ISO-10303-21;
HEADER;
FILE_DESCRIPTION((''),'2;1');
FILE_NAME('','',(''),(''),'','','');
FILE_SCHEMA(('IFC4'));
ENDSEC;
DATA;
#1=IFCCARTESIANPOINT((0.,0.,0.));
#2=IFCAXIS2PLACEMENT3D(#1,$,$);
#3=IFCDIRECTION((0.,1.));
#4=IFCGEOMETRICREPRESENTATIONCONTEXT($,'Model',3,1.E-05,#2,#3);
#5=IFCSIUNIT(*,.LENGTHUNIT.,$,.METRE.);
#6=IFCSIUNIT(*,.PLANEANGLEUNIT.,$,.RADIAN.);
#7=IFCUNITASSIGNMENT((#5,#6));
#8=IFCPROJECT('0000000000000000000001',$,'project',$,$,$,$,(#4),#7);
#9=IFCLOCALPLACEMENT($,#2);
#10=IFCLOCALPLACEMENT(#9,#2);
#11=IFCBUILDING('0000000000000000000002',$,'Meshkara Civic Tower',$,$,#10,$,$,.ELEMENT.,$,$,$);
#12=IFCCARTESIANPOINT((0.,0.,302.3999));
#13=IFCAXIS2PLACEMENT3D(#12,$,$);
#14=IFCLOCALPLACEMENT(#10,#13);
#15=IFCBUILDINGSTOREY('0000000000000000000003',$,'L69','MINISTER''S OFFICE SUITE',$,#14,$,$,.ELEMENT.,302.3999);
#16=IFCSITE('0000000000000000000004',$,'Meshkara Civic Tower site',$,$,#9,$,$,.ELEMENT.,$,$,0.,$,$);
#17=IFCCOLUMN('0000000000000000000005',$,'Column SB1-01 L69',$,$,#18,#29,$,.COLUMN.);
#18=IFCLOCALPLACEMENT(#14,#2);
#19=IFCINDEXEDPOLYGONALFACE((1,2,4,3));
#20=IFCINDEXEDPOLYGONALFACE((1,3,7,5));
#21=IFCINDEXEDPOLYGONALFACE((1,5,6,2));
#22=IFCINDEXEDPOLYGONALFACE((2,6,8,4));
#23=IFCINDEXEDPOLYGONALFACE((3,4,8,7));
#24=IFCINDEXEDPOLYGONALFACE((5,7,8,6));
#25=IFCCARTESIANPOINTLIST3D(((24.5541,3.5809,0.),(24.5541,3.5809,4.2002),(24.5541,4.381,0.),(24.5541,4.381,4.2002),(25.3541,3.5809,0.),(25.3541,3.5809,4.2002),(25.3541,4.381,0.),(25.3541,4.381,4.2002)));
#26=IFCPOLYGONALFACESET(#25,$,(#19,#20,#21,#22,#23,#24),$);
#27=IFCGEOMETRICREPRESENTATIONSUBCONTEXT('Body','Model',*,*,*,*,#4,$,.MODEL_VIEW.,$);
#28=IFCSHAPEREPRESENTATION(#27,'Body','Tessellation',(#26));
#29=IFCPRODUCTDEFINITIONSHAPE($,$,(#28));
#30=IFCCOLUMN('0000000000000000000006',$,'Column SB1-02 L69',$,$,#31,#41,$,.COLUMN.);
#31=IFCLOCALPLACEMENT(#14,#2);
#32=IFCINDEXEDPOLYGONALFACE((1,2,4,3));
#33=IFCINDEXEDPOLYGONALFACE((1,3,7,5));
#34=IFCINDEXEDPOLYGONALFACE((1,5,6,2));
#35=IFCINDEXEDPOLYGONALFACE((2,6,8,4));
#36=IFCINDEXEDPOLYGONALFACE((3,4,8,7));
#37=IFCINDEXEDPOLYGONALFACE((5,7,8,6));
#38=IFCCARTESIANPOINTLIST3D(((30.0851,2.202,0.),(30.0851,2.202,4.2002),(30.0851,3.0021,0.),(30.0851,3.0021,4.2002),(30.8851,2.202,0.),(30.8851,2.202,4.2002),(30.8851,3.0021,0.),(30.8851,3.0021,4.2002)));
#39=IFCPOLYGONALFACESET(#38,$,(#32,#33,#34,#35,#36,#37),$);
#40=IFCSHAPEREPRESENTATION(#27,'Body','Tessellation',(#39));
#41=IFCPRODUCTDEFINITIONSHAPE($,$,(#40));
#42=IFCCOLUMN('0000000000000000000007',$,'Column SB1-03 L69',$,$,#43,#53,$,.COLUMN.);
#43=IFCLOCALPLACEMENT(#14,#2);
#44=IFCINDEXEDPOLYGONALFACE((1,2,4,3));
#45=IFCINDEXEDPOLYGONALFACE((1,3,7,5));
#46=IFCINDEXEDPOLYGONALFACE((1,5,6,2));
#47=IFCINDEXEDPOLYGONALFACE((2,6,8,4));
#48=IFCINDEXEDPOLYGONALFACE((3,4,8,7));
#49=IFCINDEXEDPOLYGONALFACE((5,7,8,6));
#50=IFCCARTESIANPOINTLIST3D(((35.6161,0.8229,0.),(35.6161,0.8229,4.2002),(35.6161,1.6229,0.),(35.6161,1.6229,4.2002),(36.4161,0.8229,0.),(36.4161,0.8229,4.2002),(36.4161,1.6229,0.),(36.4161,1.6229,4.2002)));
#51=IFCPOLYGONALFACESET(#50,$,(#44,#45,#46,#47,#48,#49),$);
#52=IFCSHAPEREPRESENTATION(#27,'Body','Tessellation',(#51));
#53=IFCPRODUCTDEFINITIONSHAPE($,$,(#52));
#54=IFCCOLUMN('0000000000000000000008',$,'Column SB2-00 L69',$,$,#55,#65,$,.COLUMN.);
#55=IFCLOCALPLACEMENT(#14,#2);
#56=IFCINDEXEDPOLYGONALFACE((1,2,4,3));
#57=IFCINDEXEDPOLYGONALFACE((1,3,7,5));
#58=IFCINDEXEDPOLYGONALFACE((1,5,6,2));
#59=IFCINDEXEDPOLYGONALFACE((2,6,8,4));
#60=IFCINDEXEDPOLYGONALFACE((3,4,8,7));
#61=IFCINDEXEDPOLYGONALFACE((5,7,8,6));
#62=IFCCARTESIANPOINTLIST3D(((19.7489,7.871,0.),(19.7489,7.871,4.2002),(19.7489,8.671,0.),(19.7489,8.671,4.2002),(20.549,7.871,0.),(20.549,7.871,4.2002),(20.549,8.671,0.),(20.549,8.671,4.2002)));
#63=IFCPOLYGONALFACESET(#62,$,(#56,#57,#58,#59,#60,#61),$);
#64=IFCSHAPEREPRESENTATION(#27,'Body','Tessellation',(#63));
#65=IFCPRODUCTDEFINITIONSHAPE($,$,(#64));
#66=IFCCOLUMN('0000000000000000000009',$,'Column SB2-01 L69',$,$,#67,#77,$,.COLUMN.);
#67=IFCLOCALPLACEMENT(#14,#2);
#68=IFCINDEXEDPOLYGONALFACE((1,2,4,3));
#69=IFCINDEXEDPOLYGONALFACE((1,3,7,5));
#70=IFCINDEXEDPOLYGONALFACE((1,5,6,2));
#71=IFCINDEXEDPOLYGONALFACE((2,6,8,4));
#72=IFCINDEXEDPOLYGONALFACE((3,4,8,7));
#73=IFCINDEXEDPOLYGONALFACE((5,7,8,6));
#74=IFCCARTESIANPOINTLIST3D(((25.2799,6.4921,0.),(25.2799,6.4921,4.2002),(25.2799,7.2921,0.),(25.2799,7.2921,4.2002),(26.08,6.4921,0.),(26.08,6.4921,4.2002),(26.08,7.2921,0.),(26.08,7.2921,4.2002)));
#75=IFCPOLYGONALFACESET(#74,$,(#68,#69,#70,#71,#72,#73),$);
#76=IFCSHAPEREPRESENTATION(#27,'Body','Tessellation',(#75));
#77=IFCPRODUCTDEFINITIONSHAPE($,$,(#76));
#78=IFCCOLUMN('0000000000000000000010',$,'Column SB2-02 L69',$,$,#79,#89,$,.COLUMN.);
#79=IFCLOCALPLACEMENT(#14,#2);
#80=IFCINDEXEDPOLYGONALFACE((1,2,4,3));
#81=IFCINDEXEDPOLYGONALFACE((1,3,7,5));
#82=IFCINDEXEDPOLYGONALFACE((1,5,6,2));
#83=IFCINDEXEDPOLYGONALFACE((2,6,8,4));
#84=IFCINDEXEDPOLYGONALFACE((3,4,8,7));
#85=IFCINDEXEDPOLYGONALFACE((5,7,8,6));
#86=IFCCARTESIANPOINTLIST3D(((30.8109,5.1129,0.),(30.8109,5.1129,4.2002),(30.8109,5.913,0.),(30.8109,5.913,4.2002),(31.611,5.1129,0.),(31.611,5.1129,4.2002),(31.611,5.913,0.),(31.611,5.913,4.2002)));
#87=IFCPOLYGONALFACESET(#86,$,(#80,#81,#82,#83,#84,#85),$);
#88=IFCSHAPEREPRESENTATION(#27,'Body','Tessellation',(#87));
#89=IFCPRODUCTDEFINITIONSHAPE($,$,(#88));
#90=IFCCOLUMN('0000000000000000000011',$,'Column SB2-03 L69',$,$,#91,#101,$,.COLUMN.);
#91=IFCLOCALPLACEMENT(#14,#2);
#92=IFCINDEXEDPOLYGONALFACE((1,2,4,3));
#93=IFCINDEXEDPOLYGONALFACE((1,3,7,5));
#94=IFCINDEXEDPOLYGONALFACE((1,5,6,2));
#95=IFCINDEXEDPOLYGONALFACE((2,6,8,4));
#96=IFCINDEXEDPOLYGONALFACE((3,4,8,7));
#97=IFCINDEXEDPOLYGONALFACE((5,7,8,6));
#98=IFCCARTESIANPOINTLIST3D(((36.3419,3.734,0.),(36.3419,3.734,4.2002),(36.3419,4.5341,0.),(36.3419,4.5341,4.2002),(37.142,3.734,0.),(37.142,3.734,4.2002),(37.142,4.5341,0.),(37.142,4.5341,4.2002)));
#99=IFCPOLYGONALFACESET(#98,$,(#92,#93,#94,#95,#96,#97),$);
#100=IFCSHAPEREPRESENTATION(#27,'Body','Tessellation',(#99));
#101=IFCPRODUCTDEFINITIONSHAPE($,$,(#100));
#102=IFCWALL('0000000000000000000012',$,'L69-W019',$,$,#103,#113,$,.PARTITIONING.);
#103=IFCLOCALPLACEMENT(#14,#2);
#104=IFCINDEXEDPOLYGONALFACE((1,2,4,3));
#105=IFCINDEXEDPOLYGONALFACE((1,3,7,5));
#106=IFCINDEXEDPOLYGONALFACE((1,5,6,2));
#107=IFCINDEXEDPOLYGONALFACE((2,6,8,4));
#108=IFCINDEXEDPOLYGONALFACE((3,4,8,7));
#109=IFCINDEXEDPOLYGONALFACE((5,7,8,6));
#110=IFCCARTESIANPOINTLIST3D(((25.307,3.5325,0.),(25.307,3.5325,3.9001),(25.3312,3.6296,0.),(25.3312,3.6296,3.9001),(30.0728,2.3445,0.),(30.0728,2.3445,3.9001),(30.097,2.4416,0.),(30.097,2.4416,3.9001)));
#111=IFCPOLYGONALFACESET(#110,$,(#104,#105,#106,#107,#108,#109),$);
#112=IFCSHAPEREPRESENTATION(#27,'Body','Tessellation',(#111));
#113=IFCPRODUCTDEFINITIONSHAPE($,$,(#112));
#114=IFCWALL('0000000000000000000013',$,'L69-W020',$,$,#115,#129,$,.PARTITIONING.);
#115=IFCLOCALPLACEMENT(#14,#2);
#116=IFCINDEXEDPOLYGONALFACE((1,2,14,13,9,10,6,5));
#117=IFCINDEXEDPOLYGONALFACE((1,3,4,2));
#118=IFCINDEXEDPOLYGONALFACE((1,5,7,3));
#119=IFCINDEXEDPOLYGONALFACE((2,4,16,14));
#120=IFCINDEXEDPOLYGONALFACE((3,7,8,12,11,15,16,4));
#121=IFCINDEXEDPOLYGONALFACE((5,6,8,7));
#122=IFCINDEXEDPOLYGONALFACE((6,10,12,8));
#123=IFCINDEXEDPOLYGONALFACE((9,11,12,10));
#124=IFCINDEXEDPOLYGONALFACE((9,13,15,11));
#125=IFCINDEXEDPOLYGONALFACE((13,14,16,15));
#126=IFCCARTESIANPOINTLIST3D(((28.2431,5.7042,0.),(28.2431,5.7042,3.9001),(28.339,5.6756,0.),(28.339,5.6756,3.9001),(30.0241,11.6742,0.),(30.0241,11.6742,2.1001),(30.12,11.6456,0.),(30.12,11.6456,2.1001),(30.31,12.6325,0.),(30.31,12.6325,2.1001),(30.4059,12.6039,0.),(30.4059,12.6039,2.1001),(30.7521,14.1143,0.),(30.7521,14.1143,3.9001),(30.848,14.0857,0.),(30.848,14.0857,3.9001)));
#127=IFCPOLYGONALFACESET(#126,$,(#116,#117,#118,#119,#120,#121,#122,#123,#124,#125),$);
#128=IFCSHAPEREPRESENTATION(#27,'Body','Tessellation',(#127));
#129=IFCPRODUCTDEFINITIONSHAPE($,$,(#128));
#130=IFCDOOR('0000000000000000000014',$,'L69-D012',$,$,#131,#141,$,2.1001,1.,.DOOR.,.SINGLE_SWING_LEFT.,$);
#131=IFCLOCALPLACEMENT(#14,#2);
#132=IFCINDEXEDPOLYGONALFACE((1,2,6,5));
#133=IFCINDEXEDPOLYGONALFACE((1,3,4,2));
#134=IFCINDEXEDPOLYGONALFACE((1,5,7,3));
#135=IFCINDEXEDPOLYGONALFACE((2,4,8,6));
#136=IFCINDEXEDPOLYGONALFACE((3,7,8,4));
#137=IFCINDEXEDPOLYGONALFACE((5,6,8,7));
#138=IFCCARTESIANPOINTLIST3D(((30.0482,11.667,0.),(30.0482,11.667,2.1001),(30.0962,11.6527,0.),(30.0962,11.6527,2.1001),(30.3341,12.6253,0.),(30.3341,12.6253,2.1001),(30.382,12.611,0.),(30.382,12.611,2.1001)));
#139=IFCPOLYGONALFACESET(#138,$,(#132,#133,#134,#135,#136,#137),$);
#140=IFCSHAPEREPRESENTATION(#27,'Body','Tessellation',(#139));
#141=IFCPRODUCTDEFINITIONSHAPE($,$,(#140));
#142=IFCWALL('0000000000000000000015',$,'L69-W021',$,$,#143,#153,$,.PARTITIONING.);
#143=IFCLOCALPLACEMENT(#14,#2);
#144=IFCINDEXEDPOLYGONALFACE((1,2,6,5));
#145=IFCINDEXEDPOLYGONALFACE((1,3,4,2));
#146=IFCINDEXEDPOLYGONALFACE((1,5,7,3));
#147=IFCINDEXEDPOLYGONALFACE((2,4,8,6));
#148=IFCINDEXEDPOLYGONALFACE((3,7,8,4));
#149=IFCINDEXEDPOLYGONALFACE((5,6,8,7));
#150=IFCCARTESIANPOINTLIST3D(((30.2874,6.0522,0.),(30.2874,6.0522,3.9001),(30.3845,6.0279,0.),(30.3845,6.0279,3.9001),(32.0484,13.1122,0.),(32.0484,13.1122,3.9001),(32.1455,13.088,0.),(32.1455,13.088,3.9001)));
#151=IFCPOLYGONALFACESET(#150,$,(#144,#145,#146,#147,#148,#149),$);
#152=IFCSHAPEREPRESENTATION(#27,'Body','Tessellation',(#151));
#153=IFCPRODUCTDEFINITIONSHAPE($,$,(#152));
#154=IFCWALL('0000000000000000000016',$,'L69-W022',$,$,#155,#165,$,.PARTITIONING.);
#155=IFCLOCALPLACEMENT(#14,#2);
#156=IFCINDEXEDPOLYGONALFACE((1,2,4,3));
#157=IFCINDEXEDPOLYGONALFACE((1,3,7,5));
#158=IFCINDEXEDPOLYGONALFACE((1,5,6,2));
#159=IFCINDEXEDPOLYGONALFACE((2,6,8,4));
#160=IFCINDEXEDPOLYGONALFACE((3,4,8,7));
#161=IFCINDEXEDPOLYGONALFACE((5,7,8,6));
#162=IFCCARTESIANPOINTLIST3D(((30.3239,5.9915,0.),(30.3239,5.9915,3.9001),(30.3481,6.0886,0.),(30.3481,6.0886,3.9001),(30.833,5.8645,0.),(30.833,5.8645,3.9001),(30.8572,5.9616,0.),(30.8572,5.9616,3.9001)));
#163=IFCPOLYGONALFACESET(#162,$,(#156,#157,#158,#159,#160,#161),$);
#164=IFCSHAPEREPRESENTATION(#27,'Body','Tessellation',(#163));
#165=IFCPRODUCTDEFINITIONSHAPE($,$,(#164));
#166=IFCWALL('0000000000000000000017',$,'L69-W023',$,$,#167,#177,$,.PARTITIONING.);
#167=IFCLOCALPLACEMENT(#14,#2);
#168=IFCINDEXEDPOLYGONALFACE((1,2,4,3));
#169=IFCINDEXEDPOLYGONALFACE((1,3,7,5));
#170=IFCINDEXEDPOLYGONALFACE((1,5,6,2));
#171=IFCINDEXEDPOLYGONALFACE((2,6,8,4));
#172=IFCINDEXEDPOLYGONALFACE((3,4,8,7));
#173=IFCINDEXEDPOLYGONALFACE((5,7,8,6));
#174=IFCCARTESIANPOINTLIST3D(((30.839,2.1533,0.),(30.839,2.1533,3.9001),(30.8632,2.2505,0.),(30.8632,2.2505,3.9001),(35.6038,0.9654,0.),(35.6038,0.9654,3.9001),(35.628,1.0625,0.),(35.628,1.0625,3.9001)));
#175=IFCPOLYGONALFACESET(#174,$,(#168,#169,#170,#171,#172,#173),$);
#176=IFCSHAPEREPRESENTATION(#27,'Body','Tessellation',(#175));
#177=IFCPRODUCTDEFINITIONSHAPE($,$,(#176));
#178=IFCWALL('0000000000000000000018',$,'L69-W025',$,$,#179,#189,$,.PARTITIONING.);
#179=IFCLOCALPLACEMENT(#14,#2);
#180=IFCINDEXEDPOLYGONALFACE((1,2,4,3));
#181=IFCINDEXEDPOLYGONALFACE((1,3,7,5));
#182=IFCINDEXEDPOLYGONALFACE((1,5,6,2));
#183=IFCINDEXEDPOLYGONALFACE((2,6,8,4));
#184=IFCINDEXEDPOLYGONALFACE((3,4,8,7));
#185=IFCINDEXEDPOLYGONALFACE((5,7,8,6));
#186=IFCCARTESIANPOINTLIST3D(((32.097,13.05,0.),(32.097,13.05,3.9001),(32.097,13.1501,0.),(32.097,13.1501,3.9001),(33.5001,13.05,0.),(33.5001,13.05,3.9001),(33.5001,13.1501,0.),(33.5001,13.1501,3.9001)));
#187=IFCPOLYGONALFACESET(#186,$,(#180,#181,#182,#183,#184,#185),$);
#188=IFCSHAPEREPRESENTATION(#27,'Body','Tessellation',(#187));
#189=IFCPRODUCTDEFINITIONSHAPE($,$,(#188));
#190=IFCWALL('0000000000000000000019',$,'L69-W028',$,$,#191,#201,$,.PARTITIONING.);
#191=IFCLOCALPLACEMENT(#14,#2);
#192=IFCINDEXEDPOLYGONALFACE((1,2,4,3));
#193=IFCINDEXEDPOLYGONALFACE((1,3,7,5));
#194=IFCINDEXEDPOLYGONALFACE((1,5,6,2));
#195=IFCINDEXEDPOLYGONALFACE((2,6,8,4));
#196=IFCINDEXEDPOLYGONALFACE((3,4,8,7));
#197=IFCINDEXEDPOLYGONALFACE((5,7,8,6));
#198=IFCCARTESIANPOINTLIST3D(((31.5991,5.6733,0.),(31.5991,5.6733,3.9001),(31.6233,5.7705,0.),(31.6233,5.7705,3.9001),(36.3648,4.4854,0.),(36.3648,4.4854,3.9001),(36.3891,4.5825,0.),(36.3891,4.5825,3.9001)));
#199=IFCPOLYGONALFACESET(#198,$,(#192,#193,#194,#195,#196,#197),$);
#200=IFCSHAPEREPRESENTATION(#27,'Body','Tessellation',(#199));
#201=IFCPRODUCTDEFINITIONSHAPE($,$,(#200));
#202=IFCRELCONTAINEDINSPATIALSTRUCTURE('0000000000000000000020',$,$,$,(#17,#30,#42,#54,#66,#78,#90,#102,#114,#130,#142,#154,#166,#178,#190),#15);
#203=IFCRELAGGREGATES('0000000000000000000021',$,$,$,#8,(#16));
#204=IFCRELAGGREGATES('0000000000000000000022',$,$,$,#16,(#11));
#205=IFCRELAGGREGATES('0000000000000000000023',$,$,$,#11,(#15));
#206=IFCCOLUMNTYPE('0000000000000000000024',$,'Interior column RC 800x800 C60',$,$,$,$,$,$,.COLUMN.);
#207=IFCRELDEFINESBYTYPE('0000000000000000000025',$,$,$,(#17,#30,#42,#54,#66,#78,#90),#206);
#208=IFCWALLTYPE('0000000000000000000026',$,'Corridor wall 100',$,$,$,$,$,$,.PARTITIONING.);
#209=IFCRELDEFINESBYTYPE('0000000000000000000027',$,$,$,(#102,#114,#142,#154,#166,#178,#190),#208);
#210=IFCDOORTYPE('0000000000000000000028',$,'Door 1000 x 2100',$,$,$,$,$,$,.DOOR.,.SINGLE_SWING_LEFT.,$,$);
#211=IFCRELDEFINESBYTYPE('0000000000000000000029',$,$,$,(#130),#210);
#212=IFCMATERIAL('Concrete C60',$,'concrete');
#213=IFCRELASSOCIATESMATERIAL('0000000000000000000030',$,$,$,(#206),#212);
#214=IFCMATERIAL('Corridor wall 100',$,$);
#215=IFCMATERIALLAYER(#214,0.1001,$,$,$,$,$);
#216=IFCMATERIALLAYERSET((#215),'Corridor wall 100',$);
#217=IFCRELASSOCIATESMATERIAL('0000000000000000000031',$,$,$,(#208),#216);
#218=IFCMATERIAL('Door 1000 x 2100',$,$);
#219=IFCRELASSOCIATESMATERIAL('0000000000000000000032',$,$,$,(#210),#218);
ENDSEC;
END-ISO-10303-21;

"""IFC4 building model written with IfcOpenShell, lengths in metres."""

from ifc_helpers import new_model, si_unit, direction, frame, frame_2d, origin, origin_2d, place, context, subcontext, project, spatial, rectangle, extrude, material, layer, layer_set, material_profile, profile_set, type_object, element, fill, save


model = new_model("IFC4")

# Units and contexts
model_context = context("Model", 3, precision=1e-05, world=origin(), true_north=direction((0.0, 1.0)))
body_context = subcontext(model_context, "Body", "Model", "MODEL_VIEW")
ifc_project = project(units=[si_unit("LENGTHUNIT", "METRE"), si_unit("PLANEANGLEUNIT", "RADIAN")], contexts=[model_context])

# Site, building, storey
site_placement = place(None, origin())
site = spatial("IfcSite", under=ifc_project, at=site_placement, Name="Meshkara Civic Tower site", CompositionType="ELEMENT", RefElevation=0.0)
building_placement = place(site_placement, origin())
building = spatial("IfcBuilding", under=site, at=building_placement, Name="Meshkara Civic Tower", CompositionType="ELEMENT")
storey_placement = place(building_placement, frame((0.0, 0.0, 302.3999)))
storey = spatial("IfcBuildingStorey", under=building, at=storey_placement, Name="L69", Description="MINISTER'S OFFICE SUITE", CompositionType="ELEMENT", Elevation=302.3999)

# Columns
ifc_material_1 = material(Name="Concrete C60", Category="concrete")
ifc_material_profile = material_profile(ifc_material_1, rectangle(XDim=0.8, YDim=0.8, at=origin_2d()))
ifc_profile_set = profile_set([ifc_material_profile], Name="Concrete C60")
column_type = type_object("IfcColumnType", Name="Interior column RC 800x800 C60", PredefinedType="COLUMN", material=ifc_profile_set)
for number, where, z_axis, x_axis, name in (
    (1, (24.9541, 3.981, 0.0), (0.0, 0.0, 1.0), (1.0, 0.0, 0.0), "Column SB1-01 L69"),
    (2, (30.4851, 2.6021, 0.0), (0.0, 0.0, 1.0), (1.0, 0.0, 0.0), "Column SB1-02 L69"),
    (3, (36.0161, 1.2229, 0.0), (0.0, 0.0, 1.0), (1.0, 0.0, 0.0), "Column SB1-03 L69"),
    (4, (20.1489, 8.271, 0.0), (0.0, 0.0, 1.0), (1.0, 0.0, 0.0), "Column SB2-00 L69"),
    (5, (25.6799, 6.8921, 0.0), (0.0, 0.0, 1.0), (1.0, 0.0, 0.0), "Column SB2-01 L69"),
    (6, (31.2109, 5.5129, 0.0), (0.0, 0.0, 1.0), (1.0, 0.0, 0.0), "Column SB2-02 L69"),
    (7, (36.7419, 4.134, 0.0), (0.0, 0.0, 1.0), (1.0, 0.0, 0.0), "Column SB2-03 L69"),
):
    element("IfcColumn", number, at=place(storey_placement, frame(where, z_axis=z_axis, x_axis=x_axis)), inside=storey, type_object=column_type, Name=name, PredefinedType="COLUMN", context=body_context, shape_type="SweptSolid", body=[
        extrude(rectangle(XDim=0.8, YDim=0.8, at=origin_2d()), origin(), (0.0, 0.0, 1.0), 4.2002),
    ])

# Wall
ifc_material_2 = material(Name="Corridor wall 100")
ifc_layer_1 = layer(ifc_material_2, 0.1001)
ifc_layer_set_1 = layer_set([ifc_layer_1], Name="Corridor wall 100")
wall_type_1 = type_object("IfcWallType", Name="Corridor wall 100", PredefinedType="PARTITIONING", material=ifc_layer_set_1)
wall_1_placement = place(storey_placement, frame((25.3191, 3.5811, 0.0), z_axis=(0.0, 0.0, 1.0), x_axis=(0.970309, -0.241869, 0.0)))
element("IfcWall", 8, at=wall_1_placement, inside=storey, type_object=wall_type_1, Name="L69-W019", PredefinedType="PARTITIONING", context=body_context, shape_type="SweptSolid", body=[
    extrude(rectangle(XDim=4.9116, YDim=0.1001, at=frame_2d((2.4558, 0.0))), origin(), (0.0, 0.0, 1.0), 3.9001),
])

# Wall, opening, door
wall_2_placement = place(storey_placement, frame((28.291, 5.6899, 0.0), z_axis=(0.0, 0.0, 1.0), x_axis=(0.285883, 0.958265, 0.0)))
wall_2 = element("IfcWall", 9, at=wall_2_placement, inside=storey, type_object=wall_type_1, Name="L69-W020", PredefinedType="PARTITIONING", context=body_context, shape_type="SweptSolid", body=[
    extrude(rectangle(XDim=8.7764, YDim=0.1001, at=frame_2d((4.3882, 0.0))), origin(), (0.0, 0.0, 1.0), 3.9001),
])
opening_1_placement = place(wall_2_placement, frame((6.23, 0.0, 0.0)))
opening_1 = element("IfcOpeningElement", 10, at=opening_1_placement, cuts=wall_2, PredefinedType="OPENING", context=body_context, shape_type="SweptSolid", body=[
    extrude(rectangle(XDim=1.0, YDim=2.1001, at=frame_2d((0.5, 1.05))), frame((0.0, 0.0601, 0.0), z_axis=(0.0, -1.0, 0.0), x_axis=(1.0, 0.0, 0.0)), (0.0, 0.0, 1.0), 0.1201),
])
ifc_material_3 = material(Name="Door 1000 x 2100")
door_type_1 = type_object("IfcDoorType", Name="Door 1000 x 2100", OperationType="SINGLE_SWING_LEFT", PredefinedType="DOOR", material=ifc_material_3)
door_1_placement = place(opening_1_placement, origin())
door_1 = element("IfcDoor", 11, at=door_1_placement, inside=storey, type_object=door_type_1, Name="L69-D012", OperationType="SINGLE_SWING_LEFT", OverallHeight=2.1001, OverallWidth=1.0, PredefinedType="DOOR", context=body_context, shape_type="SweptSolid", body=[
    extrude(rectangle(XDim=1.0, YDim=2.1001, at=frame_2d((0.5, 1.05))), frame((0.0, 0.0249, 0.0), z_axis=(0.0, -1.0, 0.0), x_axis=(1.0, 0.0, 0.0)), (0.0, 0.0, 1.0), 0.05),
])
fill(opening_1, door_1)

# Walls
wall_3_placement = place(storey_placement, frame((30.3359, 6.04, 0.0), z_axis=(0.0, 0.0, 1.0), x_axis=(0.242015, 0.970273, 0.0)))
element("IfcWall", 12, at=wall_3_placement, inside=storey, type_object=wall_type_1, Name="L69-W021", PredefinedType="PARTITIONING", context=body_context, shape_type="SweptSolid", body=[
    extrude(rectangle(XDim=7.2764, YDim=0.1001, at=frame_2d((3.6382, 0.0))), origin(), (0.0, 0.0, 1.0), 3.9001),
])
wall_4_placement = place(storey_placement, frame((30.845, 5.9131, 0.0), z_axis=(0.0, 0.0, 1.0), x_axis=(-0.970279, 0.241988, 0.0)))
element("IfcWall", 13, at=wall_4_placement, inside=storey, type_object=wall_type_1, Name="L69-W022", PredefinedType="PARTITIONING", context=body_context, shape_type="SweptSolid", body=[
    extrude(rectangle(XDim=0.5247, YDim=0.1001, at=frame_2d((0.2622, 0.0))), origin(), (0.0, 0.0, 1.0), 3.9001),
])
wall_5_placement = place(storey_placement, frame((30.8511, 2.2019, 0.0), z_axis=(0.0, 0.0, 1.0), x_axis=(0.970297, -0.241916, 0.0)))
element("IfcWall", 14, at=wall_5_placement, inside=storey, type_object=wall_type_1, Name="L69-W023", PredefinedType="PARTITIONING", context=body_context, shape_type="SweptSolid", body=[
    extrude(rectangle(XDim=4.9106, YDim=0.1001, at=frame_2d((2.4553, 0.0))), origin(), (0.0, 0.0, 1.0), 3.9001),
])
wall_6_placement = place(storey_placement, frame((32.0969, 13.1001, 0.0), z_axis=(0.0, 0.0, 1.0), x_axis=(1.0, 0.0, 0.0)))
element("IfcWall", 15, at=wall_6_placement, inside=storey, type_object=wall_type_1, Name="L69-W025", PredefinedType="PARTITIONING", context=body_context, shape_type="SweptSolid", body=[
    extrude(rectangle(XDim=1.4031, YDim=0.1001, at=frame_2d((0.7017, 0.0))), origin(), (0.0, 0.0, 1.0), 3.9001),
])
wall_7_placement = place(storey_placement, frame((36.377, 4.5339, 0.0), z_axis=(0.0, 0.0, 1.0), x_axis=(-0.970309, 0.241869, 0.0)))
element("IfcWall", 16, at=wall_7_placement, inside=storey, type_object=wall_type_1, Name="L69-W028", PredefinedType="PARTITIONING", context=body_context, shape_type="SweptSolid", body=[
    extrude(rectangle(XDim=4.9116, YDim=0.1001, at=frame_2d((2.4558, 0.0))), origin(), (0.0, 0.0, 1.0), 3.9001),
])

save(model, "model.ifc")
